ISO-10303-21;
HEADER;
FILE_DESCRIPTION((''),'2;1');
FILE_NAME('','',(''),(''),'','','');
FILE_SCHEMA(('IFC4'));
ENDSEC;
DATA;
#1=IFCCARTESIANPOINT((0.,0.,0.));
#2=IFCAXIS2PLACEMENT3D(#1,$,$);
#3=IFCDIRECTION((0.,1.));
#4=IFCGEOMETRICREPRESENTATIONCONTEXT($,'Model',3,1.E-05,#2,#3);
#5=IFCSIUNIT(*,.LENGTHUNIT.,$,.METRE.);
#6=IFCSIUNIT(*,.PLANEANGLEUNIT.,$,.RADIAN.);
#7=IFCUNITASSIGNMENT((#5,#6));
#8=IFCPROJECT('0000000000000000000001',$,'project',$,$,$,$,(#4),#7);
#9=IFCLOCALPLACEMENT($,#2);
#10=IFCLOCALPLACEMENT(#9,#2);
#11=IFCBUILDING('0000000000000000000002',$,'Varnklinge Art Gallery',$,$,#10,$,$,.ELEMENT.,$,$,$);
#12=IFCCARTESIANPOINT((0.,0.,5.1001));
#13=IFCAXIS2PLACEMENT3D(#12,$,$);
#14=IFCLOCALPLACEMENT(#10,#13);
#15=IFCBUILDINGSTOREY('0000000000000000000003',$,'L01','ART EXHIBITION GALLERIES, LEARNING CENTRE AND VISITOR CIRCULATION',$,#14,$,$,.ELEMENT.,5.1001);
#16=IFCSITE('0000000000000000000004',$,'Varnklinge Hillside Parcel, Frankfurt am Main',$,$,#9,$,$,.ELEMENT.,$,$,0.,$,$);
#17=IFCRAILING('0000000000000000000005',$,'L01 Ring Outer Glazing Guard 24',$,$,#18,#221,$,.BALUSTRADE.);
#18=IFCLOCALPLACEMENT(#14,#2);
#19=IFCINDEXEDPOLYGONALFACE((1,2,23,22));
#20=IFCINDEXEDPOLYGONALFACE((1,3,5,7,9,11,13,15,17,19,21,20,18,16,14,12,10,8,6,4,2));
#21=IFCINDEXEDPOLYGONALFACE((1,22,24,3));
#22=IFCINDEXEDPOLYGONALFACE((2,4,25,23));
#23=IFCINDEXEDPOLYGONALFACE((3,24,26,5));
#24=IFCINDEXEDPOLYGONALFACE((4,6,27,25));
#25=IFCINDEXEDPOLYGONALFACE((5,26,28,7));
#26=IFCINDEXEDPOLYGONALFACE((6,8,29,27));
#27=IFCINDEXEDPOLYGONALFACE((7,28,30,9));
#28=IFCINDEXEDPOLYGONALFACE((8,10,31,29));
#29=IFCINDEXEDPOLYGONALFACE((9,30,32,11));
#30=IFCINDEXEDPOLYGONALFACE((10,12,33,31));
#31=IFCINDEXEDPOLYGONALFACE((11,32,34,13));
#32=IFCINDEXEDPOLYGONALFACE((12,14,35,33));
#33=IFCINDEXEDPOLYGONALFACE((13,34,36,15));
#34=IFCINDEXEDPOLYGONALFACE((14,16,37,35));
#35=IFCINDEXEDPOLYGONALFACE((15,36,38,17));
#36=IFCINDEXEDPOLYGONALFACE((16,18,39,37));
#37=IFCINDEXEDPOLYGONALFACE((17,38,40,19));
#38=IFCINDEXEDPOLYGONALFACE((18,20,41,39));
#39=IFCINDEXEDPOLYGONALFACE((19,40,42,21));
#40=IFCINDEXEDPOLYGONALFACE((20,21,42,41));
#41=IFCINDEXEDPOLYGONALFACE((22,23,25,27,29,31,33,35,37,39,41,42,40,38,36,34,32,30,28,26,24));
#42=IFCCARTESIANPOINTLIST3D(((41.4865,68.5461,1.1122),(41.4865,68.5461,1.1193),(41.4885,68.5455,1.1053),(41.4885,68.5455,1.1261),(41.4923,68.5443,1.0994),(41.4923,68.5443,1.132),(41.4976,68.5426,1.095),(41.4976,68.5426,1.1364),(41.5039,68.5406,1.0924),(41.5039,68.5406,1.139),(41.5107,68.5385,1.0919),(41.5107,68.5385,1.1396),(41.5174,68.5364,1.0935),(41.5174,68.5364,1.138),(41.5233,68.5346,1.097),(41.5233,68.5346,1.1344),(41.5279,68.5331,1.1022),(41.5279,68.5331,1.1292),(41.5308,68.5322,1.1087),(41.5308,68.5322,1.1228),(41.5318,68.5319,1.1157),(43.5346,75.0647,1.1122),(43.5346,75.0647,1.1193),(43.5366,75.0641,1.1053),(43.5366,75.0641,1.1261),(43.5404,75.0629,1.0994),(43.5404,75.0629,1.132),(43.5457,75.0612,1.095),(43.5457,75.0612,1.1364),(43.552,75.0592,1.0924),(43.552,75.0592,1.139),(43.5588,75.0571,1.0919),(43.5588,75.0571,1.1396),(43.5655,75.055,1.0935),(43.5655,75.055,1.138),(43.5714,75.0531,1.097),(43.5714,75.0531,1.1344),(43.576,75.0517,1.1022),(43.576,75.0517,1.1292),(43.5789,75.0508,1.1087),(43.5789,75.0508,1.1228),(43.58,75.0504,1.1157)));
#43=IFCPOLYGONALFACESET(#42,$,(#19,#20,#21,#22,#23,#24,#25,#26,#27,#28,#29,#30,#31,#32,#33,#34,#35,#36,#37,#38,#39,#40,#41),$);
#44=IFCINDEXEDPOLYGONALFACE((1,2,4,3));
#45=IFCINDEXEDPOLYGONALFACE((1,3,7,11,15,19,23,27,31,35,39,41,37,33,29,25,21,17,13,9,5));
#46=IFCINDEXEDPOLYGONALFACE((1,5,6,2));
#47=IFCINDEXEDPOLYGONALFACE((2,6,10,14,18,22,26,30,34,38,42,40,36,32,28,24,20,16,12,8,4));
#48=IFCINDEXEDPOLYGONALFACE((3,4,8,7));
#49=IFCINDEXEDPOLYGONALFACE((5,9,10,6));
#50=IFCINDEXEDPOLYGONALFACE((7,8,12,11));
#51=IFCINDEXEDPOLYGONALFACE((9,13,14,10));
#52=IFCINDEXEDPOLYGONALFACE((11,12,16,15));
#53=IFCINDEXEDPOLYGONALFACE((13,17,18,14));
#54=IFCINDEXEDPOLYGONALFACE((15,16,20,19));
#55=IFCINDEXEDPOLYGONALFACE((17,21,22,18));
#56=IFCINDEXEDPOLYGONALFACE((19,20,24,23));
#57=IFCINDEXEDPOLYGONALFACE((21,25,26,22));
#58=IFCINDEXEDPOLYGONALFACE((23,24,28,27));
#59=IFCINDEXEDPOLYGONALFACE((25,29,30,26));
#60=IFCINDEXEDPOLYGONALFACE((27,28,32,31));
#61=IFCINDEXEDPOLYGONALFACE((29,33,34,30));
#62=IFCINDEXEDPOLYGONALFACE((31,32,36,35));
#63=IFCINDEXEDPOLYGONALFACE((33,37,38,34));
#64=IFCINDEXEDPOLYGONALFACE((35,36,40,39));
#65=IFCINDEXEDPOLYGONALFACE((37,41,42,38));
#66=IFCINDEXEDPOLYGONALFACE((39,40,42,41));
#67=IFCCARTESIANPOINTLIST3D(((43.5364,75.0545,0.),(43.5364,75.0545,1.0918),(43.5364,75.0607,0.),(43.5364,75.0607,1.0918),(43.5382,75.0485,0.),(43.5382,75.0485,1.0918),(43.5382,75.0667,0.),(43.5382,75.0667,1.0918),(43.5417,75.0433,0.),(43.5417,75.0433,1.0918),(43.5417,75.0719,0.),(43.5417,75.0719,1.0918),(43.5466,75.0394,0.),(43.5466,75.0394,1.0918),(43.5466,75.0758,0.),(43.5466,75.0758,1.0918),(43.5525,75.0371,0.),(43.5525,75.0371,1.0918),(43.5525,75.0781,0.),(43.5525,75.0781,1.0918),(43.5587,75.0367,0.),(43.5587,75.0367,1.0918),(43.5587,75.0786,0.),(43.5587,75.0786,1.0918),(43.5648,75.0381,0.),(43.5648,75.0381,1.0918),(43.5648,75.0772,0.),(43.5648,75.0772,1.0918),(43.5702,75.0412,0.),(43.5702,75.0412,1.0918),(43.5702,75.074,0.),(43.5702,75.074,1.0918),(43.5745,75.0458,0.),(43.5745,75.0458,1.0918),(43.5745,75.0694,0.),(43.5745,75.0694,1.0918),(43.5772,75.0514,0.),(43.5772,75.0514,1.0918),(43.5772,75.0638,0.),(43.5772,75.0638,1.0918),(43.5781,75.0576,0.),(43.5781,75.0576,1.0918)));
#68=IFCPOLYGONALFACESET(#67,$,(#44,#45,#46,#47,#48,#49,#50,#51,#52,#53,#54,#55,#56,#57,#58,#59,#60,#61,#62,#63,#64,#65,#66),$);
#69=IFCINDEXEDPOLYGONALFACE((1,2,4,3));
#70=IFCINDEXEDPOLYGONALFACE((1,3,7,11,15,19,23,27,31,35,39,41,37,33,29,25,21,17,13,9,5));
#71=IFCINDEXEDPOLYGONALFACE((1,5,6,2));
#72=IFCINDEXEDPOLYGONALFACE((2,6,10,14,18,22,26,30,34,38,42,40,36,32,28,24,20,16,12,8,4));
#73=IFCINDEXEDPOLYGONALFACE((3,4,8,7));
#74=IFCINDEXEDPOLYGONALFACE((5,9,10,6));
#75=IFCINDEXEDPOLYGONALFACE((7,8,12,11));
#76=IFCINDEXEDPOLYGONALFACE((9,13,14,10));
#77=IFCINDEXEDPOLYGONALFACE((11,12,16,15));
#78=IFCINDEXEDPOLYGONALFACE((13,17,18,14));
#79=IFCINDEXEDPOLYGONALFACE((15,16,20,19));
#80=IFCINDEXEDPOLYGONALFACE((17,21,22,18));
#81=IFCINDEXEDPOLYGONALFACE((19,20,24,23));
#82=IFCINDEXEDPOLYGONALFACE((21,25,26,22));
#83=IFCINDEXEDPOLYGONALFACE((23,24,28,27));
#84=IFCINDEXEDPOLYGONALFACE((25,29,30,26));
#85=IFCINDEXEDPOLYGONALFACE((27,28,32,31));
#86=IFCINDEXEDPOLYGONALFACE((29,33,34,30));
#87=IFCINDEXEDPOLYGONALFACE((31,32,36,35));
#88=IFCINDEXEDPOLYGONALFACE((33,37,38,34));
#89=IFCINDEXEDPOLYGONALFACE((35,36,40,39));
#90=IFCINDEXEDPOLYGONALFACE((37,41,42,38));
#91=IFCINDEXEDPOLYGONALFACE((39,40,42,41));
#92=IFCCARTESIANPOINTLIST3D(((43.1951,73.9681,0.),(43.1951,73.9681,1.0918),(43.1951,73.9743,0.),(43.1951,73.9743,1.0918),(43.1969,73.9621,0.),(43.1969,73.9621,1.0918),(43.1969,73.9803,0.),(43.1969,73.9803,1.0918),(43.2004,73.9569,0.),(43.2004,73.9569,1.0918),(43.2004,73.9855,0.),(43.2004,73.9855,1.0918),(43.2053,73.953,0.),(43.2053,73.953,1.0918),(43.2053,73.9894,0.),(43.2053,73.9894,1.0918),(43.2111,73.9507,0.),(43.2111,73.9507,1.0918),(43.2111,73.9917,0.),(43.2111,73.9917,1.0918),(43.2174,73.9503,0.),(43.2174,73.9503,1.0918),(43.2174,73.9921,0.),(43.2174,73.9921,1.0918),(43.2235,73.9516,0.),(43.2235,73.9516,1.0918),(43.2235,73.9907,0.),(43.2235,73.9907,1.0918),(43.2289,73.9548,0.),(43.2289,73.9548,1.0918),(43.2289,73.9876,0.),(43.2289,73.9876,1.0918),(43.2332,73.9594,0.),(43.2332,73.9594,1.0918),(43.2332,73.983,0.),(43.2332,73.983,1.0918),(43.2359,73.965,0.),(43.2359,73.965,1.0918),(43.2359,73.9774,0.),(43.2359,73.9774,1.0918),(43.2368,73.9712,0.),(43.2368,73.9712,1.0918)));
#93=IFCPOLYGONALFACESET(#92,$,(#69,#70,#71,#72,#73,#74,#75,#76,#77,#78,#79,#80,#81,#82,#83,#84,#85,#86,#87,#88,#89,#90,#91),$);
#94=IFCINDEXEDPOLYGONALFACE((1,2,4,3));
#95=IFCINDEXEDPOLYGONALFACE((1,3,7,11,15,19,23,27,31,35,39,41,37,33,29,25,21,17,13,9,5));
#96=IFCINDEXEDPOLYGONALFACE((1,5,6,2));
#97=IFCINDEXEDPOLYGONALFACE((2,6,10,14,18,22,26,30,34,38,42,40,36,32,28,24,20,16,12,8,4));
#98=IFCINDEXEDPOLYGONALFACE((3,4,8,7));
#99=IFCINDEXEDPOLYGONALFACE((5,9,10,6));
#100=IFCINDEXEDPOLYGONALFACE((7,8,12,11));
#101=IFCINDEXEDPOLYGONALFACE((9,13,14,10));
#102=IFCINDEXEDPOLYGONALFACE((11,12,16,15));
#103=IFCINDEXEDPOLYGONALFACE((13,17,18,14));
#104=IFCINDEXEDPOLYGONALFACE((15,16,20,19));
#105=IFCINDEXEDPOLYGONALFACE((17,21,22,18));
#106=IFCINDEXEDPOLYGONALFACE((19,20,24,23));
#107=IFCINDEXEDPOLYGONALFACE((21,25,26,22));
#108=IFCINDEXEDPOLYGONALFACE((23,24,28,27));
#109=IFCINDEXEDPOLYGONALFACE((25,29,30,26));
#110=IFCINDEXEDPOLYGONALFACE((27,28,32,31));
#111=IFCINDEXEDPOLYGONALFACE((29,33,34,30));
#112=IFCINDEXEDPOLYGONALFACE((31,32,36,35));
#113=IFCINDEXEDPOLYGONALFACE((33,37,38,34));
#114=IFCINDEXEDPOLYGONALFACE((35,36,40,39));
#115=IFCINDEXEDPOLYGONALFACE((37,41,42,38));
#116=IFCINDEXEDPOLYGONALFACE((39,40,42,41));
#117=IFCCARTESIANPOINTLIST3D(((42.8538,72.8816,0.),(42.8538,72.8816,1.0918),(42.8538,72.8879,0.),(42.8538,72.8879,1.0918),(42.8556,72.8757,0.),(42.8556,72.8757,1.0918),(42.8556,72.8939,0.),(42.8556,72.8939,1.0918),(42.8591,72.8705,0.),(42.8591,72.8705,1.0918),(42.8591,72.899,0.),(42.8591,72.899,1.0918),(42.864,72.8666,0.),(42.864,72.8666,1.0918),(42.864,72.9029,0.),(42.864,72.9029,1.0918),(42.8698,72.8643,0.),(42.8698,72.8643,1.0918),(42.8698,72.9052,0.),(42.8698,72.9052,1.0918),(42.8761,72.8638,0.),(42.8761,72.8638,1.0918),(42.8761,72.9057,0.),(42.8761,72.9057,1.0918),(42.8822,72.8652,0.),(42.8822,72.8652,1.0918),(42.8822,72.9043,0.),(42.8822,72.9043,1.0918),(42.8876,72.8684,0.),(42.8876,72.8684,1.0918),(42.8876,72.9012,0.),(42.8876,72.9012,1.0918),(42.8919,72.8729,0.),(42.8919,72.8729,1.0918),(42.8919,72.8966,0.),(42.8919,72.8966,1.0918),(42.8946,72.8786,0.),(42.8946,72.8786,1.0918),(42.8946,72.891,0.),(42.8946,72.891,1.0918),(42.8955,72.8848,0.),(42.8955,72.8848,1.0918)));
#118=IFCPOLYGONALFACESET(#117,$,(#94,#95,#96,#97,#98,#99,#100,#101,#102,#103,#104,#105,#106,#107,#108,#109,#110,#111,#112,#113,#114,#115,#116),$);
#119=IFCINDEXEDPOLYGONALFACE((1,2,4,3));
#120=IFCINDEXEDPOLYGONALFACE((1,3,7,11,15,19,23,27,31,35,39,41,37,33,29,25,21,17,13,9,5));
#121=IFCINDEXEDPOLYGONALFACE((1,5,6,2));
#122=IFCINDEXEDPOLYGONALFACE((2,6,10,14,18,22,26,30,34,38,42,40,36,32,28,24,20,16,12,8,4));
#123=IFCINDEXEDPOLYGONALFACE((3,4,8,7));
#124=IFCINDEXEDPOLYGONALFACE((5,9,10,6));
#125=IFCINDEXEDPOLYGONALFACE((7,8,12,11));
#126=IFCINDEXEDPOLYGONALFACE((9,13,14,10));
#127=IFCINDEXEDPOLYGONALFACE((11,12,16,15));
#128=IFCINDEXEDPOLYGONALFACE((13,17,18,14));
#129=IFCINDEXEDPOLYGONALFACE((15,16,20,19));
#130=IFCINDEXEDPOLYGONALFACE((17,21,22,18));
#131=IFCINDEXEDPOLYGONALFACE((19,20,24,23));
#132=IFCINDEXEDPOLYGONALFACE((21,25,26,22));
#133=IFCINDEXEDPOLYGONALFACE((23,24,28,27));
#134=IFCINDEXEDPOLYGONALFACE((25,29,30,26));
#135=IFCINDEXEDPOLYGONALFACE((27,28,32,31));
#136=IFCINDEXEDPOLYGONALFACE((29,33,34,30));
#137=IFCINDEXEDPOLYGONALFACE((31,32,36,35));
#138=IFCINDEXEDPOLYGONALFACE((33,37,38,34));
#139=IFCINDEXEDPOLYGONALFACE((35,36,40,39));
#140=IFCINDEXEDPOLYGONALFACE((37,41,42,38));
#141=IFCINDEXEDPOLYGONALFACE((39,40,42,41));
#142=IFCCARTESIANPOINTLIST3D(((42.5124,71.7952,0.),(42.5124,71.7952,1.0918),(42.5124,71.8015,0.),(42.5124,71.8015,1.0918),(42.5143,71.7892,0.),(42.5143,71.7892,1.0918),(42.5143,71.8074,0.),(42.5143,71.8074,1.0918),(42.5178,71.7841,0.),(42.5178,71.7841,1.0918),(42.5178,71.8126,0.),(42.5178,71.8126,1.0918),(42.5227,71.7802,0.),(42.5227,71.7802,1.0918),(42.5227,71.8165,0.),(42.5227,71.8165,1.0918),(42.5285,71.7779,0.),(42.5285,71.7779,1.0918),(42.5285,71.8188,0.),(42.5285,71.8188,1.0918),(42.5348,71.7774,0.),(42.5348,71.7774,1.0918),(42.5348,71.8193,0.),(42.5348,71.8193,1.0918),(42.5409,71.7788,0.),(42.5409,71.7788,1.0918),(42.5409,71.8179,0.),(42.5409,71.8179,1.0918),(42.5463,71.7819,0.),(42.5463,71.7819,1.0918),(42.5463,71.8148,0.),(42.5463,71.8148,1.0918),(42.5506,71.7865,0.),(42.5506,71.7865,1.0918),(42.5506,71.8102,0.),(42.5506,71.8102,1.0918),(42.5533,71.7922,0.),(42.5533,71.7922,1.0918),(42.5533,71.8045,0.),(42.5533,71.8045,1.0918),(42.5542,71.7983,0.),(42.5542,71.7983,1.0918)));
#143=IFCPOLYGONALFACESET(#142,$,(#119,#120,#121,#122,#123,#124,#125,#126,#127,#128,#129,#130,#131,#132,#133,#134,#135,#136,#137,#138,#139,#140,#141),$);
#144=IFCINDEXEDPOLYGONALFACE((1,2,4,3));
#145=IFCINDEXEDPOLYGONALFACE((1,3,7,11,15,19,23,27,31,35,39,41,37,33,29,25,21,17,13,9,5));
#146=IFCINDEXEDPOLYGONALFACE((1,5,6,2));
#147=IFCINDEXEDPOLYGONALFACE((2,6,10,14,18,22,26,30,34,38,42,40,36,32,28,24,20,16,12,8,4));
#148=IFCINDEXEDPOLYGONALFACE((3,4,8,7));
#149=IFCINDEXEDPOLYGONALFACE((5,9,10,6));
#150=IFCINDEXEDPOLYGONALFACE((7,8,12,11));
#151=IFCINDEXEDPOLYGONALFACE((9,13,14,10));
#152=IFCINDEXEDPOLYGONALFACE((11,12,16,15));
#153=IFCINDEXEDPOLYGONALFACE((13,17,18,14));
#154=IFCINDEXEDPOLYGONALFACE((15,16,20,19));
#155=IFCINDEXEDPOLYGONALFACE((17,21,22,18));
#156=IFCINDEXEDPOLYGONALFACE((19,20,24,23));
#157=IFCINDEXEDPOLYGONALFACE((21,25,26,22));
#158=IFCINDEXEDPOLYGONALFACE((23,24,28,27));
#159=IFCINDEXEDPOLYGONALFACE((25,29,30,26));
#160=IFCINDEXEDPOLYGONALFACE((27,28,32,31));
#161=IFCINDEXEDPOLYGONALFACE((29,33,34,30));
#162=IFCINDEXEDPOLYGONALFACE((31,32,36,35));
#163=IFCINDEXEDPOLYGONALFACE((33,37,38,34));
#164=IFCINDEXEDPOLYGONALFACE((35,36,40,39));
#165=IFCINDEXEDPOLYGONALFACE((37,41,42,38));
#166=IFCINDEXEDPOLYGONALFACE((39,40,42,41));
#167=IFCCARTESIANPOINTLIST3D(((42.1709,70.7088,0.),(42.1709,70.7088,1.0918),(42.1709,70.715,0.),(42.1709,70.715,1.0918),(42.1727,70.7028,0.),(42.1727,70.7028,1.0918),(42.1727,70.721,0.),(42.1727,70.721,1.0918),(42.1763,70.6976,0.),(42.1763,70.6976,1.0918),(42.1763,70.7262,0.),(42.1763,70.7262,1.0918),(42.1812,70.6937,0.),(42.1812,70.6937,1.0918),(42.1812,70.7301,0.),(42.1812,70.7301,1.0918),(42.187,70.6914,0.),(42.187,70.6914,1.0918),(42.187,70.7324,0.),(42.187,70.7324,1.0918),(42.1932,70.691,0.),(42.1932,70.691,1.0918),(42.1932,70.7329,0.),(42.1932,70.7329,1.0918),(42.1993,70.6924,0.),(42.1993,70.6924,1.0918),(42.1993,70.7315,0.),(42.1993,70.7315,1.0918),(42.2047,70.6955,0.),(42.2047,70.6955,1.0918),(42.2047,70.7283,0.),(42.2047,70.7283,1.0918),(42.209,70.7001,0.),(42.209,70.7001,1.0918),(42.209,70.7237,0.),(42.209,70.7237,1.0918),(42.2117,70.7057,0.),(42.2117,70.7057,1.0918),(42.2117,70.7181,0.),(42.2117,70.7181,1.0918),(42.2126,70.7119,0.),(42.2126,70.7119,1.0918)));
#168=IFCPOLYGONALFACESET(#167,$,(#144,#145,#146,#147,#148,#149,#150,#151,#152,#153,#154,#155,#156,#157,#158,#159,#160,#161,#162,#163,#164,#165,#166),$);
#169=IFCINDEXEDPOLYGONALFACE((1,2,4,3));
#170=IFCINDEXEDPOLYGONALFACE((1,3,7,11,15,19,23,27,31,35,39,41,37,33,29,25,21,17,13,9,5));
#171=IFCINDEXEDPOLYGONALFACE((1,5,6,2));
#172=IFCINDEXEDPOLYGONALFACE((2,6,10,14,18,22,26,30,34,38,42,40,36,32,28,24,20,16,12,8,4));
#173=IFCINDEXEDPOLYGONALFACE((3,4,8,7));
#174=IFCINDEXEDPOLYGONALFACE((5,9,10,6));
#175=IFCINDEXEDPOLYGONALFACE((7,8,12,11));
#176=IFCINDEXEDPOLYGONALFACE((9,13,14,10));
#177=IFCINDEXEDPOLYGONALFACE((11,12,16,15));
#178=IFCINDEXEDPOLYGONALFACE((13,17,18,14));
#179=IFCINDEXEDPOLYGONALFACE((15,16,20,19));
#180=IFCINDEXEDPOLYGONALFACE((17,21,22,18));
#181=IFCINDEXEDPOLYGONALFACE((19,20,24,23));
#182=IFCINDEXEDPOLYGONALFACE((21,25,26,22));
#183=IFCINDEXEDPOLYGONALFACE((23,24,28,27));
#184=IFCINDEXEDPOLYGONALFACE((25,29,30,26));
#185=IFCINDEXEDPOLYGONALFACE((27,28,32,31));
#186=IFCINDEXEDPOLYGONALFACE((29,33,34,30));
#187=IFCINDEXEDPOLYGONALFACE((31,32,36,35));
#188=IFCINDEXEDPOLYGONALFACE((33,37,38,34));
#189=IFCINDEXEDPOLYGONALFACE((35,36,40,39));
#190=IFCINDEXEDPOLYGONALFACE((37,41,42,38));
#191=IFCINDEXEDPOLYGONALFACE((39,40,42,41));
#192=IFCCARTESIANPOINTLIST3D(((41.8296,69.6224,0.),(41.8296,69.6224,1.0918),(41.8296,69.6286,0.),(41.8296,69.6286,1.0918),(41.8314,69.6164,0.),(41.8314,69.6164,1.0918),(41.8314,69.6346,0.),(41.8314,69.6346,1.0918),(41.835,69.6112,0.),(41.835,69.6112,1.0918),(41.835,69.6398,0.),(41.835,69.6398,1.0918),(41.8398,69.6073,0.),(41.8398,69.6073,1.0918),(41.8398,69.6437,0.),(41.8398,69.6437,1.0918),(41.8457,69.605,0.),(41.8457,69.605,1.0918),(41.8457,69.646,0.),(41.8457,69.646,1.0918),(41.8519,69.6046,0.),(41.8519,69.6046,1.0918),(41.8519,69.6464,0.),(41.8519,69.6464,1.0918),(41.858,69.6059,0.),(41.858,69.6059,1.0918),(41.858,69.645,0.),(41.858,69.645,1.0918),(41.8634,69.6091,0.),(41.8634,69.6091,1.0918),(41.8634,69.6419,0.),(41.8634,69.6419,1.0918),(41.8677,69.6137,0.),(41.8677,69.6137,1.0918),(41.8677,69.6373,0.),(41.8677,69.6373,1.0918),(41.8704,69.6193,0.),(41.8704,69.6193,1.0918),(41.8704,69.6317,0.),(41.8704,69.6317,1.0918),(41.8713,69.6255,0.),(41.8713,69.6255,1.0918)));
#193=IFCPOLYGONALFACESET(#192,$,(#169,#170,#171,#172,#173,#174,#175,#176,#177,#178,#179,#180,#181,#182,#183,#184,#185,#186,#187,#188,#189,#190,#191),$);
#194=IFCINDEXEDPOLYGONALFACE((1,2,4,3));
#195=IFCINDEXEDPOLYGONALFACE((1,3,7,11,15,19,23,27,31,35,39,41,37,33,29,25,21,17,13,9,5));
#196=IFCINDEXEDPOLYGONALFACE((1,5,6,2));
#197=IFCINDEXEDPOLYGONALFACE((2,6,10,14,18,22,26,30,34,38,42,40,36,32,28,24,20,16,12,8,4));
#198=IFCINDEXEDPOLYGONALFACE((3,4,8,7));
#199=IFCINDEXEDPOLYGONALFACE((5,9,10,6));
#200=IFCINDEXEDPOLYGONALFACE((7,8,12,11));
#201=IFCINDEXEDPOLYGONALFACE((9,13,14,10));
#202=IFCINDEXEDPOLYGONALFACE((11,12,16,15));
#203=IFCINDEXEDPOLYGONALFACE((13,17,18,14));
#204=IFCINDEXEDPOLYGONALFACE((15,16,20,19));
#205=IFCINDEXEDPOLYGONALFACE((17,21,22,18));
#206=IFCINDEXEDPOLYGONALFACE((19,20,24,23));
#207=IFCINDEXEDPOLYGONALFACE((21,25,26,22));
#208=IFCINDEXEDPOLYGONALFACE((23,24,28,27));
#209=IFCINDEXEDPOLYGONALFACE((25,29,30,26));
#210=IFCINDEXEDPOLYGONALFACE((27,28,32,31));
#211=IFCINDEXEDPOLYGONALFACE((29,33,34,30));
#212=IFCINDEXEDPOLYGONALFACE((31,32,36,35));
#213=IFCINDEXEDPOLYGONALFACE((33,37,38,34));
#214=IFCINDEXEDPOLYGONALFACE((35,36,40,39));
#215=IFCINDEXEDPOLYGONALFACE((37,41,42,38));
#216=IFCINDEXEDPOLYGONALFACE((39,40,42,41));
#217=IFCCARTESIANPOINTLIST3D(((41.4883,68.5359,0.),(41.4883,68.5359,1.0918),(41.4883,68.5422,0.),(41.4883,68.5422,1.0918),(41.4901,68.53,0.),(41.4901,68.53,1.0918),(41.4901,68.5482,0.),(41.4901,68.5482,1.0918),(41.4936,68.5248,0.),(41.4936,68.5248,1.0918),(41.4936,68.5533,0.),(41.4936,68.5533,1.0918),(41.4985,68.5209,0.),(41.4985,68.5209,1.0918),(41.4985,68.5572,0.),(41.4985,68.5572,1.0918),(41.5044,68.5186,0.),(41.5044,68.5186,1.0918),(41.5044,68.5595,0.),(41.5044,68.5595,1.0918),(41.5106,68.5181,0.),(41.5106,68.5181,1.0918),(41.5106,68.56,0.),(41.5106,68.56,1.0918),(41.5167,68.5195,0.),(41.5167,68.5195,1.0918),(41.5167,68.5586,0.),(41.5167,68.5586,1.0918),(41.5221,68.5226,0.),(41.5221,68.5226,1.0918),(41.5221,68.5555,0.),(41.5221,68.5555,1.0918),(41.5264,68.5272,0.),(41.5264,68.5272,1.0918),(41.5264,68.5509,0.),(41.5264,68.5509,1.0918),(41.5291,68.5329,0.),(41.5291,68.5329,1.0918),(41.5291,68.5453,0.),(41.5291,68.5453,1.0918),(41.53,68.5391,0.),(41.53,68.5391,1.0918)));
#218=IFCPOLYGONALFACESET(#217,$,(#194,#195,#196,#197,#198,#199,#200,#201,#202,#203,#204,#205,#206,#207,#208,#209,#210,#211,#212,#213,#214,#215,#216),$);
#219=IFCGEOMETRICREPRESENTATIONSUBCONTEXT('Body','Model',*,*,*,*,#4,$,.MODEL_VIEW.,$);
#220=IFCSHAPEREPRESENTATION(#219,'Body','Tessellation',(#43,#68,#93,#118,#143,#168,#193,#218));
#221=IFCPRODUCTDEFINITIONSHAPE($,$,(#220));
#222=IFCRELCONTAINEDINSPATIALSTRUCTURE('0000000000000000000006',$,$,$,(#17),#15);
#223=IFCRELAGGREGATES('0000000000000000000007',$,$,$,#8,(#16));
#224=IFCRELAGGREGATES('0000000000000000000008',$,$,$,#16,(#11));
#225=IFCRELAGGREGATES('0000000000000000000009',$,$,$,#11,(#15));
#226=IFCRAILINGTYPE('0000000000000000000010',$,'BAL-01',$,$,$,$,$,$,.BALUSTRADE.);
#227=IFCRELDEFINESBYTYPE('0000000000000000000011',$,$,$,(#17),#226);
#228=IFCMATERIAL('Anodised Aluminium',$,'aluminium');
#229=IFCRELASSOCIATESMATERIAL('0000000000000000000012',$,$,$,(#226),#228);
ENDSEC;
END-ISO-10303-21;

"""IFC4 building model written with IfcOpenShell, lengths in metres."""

from ifc_helpers import new_model, si_unit, direction, frame, origin, origin_2d, place, context, subcontext, project, spatial, circle, extrude, material, type_object, element, save


model = new_model("IFC4")

# Units and contexts
model_context = context("Model", 3, precision=1e-05, world=origin(), true_north=direction((0.0, 1.0)))
body_context = subcontext(model_context, "Body", "Model", "MODEL_VIEW")
ifc_project = project(units=[si_unit("LENGTHUNIT", "METRE"), si_unit("PLANEANGLEUNIT", "RADIAN")], contexts=[model_context])

# Site, building, storey
site_placement = place(None, origin())
site = spatial("IfcSite", under=ifc_project, at=site_placement, Name="Varnklinge Hillside Parcel, Frankfurt am Main", CompositionType="ELEMENT", RefElevation=0.0)
building_placement = place(site_placement, origin())
building = spatial("IfcBuilding", under=site, at=building_placement, Name="Varnklinge Art Gallery", CompositionType="ELEMENT")
storey_placement = place(building_placement, frame((0.0, 0.0, 5.1001)))
storey = spatial("IfcBuildingStorey", under=building, at=storey_placement, Name="L01", Description="ART EXHIBITION GALLERIES, LEARNING CENTRE AND VISITOR CIRCULATION", CompositionType="ELEMENT", Elevation=5.1001)

# Railing
ifc_material_1 = material(Name="Anodised Aluminium", Category="aluminium")
railing_type = type_object("IfcRailingType", Name="BAL-01", PredefinedType="BALUSTRADE", material=ifc_material_1)
railing_1_placement = place(storey_placement, frame((43.5571, 75.0576, 0.0)))
element("IfcRailing", 1, at=railing_1_placement, inside=storey, type_object=railing_type, Name="L01 Ring Outer Glazing Guard 24", PredefinedType="BALUSTRADE", context=body_context, shape_type="SweptSolid", body=[
    extrude(circle(Radius=0.0239, at=origin_2d()), frame((0.0, 0.0, 1.1157), z_axis=(-0.299748, -0.954019, 0.0), x_axis=(0.954019, -0.299748, 0.0)), (0.0, 0.0, 1.0), 6.8328),
    extrude(circle(Radius=0.021, at=origin_2d()), origin(), (0.0, 0.0, 1.0), 1.0918),
    extrude(circle(Radius=0.021, at=origin_2d()), frame((-0.3413, -1.0864, 0.0)), (0.0, 0.0, 1.0), 1.0918),
    extrude(circle(Radius=0.021, at=origin_2d()), frame((-0.6826, -2.1729, 0.0)), (0.0, 0.0, 1.0), 1.0918),
    extrude(circle(Radius=0.021, at=origin_2d()), frame((-1.0239, -3.2593, 0.0)), (0.0, 0.0, 1.0), 1.0918),
    extrude(circle(Radius=0.021, at=origin_2d()), frame((-1.3655, -4.3457, 0.0)), (0.0, 0.0, 1.0), 1.0918),
    extrude(circle(Radius=0.021, at=origin_2d()), frame((-1.7068, -5.4321, 0.0)), (0.0, 0.0, 1.0), 1.0918),
    extrude(circle(Radius=0.021, at=origin_2d()), frame((-2.0481, -6.5186, 0.0)), (0.0, 0.0, 1.0), 1.0918),
])

save(model, "model.ifc")
